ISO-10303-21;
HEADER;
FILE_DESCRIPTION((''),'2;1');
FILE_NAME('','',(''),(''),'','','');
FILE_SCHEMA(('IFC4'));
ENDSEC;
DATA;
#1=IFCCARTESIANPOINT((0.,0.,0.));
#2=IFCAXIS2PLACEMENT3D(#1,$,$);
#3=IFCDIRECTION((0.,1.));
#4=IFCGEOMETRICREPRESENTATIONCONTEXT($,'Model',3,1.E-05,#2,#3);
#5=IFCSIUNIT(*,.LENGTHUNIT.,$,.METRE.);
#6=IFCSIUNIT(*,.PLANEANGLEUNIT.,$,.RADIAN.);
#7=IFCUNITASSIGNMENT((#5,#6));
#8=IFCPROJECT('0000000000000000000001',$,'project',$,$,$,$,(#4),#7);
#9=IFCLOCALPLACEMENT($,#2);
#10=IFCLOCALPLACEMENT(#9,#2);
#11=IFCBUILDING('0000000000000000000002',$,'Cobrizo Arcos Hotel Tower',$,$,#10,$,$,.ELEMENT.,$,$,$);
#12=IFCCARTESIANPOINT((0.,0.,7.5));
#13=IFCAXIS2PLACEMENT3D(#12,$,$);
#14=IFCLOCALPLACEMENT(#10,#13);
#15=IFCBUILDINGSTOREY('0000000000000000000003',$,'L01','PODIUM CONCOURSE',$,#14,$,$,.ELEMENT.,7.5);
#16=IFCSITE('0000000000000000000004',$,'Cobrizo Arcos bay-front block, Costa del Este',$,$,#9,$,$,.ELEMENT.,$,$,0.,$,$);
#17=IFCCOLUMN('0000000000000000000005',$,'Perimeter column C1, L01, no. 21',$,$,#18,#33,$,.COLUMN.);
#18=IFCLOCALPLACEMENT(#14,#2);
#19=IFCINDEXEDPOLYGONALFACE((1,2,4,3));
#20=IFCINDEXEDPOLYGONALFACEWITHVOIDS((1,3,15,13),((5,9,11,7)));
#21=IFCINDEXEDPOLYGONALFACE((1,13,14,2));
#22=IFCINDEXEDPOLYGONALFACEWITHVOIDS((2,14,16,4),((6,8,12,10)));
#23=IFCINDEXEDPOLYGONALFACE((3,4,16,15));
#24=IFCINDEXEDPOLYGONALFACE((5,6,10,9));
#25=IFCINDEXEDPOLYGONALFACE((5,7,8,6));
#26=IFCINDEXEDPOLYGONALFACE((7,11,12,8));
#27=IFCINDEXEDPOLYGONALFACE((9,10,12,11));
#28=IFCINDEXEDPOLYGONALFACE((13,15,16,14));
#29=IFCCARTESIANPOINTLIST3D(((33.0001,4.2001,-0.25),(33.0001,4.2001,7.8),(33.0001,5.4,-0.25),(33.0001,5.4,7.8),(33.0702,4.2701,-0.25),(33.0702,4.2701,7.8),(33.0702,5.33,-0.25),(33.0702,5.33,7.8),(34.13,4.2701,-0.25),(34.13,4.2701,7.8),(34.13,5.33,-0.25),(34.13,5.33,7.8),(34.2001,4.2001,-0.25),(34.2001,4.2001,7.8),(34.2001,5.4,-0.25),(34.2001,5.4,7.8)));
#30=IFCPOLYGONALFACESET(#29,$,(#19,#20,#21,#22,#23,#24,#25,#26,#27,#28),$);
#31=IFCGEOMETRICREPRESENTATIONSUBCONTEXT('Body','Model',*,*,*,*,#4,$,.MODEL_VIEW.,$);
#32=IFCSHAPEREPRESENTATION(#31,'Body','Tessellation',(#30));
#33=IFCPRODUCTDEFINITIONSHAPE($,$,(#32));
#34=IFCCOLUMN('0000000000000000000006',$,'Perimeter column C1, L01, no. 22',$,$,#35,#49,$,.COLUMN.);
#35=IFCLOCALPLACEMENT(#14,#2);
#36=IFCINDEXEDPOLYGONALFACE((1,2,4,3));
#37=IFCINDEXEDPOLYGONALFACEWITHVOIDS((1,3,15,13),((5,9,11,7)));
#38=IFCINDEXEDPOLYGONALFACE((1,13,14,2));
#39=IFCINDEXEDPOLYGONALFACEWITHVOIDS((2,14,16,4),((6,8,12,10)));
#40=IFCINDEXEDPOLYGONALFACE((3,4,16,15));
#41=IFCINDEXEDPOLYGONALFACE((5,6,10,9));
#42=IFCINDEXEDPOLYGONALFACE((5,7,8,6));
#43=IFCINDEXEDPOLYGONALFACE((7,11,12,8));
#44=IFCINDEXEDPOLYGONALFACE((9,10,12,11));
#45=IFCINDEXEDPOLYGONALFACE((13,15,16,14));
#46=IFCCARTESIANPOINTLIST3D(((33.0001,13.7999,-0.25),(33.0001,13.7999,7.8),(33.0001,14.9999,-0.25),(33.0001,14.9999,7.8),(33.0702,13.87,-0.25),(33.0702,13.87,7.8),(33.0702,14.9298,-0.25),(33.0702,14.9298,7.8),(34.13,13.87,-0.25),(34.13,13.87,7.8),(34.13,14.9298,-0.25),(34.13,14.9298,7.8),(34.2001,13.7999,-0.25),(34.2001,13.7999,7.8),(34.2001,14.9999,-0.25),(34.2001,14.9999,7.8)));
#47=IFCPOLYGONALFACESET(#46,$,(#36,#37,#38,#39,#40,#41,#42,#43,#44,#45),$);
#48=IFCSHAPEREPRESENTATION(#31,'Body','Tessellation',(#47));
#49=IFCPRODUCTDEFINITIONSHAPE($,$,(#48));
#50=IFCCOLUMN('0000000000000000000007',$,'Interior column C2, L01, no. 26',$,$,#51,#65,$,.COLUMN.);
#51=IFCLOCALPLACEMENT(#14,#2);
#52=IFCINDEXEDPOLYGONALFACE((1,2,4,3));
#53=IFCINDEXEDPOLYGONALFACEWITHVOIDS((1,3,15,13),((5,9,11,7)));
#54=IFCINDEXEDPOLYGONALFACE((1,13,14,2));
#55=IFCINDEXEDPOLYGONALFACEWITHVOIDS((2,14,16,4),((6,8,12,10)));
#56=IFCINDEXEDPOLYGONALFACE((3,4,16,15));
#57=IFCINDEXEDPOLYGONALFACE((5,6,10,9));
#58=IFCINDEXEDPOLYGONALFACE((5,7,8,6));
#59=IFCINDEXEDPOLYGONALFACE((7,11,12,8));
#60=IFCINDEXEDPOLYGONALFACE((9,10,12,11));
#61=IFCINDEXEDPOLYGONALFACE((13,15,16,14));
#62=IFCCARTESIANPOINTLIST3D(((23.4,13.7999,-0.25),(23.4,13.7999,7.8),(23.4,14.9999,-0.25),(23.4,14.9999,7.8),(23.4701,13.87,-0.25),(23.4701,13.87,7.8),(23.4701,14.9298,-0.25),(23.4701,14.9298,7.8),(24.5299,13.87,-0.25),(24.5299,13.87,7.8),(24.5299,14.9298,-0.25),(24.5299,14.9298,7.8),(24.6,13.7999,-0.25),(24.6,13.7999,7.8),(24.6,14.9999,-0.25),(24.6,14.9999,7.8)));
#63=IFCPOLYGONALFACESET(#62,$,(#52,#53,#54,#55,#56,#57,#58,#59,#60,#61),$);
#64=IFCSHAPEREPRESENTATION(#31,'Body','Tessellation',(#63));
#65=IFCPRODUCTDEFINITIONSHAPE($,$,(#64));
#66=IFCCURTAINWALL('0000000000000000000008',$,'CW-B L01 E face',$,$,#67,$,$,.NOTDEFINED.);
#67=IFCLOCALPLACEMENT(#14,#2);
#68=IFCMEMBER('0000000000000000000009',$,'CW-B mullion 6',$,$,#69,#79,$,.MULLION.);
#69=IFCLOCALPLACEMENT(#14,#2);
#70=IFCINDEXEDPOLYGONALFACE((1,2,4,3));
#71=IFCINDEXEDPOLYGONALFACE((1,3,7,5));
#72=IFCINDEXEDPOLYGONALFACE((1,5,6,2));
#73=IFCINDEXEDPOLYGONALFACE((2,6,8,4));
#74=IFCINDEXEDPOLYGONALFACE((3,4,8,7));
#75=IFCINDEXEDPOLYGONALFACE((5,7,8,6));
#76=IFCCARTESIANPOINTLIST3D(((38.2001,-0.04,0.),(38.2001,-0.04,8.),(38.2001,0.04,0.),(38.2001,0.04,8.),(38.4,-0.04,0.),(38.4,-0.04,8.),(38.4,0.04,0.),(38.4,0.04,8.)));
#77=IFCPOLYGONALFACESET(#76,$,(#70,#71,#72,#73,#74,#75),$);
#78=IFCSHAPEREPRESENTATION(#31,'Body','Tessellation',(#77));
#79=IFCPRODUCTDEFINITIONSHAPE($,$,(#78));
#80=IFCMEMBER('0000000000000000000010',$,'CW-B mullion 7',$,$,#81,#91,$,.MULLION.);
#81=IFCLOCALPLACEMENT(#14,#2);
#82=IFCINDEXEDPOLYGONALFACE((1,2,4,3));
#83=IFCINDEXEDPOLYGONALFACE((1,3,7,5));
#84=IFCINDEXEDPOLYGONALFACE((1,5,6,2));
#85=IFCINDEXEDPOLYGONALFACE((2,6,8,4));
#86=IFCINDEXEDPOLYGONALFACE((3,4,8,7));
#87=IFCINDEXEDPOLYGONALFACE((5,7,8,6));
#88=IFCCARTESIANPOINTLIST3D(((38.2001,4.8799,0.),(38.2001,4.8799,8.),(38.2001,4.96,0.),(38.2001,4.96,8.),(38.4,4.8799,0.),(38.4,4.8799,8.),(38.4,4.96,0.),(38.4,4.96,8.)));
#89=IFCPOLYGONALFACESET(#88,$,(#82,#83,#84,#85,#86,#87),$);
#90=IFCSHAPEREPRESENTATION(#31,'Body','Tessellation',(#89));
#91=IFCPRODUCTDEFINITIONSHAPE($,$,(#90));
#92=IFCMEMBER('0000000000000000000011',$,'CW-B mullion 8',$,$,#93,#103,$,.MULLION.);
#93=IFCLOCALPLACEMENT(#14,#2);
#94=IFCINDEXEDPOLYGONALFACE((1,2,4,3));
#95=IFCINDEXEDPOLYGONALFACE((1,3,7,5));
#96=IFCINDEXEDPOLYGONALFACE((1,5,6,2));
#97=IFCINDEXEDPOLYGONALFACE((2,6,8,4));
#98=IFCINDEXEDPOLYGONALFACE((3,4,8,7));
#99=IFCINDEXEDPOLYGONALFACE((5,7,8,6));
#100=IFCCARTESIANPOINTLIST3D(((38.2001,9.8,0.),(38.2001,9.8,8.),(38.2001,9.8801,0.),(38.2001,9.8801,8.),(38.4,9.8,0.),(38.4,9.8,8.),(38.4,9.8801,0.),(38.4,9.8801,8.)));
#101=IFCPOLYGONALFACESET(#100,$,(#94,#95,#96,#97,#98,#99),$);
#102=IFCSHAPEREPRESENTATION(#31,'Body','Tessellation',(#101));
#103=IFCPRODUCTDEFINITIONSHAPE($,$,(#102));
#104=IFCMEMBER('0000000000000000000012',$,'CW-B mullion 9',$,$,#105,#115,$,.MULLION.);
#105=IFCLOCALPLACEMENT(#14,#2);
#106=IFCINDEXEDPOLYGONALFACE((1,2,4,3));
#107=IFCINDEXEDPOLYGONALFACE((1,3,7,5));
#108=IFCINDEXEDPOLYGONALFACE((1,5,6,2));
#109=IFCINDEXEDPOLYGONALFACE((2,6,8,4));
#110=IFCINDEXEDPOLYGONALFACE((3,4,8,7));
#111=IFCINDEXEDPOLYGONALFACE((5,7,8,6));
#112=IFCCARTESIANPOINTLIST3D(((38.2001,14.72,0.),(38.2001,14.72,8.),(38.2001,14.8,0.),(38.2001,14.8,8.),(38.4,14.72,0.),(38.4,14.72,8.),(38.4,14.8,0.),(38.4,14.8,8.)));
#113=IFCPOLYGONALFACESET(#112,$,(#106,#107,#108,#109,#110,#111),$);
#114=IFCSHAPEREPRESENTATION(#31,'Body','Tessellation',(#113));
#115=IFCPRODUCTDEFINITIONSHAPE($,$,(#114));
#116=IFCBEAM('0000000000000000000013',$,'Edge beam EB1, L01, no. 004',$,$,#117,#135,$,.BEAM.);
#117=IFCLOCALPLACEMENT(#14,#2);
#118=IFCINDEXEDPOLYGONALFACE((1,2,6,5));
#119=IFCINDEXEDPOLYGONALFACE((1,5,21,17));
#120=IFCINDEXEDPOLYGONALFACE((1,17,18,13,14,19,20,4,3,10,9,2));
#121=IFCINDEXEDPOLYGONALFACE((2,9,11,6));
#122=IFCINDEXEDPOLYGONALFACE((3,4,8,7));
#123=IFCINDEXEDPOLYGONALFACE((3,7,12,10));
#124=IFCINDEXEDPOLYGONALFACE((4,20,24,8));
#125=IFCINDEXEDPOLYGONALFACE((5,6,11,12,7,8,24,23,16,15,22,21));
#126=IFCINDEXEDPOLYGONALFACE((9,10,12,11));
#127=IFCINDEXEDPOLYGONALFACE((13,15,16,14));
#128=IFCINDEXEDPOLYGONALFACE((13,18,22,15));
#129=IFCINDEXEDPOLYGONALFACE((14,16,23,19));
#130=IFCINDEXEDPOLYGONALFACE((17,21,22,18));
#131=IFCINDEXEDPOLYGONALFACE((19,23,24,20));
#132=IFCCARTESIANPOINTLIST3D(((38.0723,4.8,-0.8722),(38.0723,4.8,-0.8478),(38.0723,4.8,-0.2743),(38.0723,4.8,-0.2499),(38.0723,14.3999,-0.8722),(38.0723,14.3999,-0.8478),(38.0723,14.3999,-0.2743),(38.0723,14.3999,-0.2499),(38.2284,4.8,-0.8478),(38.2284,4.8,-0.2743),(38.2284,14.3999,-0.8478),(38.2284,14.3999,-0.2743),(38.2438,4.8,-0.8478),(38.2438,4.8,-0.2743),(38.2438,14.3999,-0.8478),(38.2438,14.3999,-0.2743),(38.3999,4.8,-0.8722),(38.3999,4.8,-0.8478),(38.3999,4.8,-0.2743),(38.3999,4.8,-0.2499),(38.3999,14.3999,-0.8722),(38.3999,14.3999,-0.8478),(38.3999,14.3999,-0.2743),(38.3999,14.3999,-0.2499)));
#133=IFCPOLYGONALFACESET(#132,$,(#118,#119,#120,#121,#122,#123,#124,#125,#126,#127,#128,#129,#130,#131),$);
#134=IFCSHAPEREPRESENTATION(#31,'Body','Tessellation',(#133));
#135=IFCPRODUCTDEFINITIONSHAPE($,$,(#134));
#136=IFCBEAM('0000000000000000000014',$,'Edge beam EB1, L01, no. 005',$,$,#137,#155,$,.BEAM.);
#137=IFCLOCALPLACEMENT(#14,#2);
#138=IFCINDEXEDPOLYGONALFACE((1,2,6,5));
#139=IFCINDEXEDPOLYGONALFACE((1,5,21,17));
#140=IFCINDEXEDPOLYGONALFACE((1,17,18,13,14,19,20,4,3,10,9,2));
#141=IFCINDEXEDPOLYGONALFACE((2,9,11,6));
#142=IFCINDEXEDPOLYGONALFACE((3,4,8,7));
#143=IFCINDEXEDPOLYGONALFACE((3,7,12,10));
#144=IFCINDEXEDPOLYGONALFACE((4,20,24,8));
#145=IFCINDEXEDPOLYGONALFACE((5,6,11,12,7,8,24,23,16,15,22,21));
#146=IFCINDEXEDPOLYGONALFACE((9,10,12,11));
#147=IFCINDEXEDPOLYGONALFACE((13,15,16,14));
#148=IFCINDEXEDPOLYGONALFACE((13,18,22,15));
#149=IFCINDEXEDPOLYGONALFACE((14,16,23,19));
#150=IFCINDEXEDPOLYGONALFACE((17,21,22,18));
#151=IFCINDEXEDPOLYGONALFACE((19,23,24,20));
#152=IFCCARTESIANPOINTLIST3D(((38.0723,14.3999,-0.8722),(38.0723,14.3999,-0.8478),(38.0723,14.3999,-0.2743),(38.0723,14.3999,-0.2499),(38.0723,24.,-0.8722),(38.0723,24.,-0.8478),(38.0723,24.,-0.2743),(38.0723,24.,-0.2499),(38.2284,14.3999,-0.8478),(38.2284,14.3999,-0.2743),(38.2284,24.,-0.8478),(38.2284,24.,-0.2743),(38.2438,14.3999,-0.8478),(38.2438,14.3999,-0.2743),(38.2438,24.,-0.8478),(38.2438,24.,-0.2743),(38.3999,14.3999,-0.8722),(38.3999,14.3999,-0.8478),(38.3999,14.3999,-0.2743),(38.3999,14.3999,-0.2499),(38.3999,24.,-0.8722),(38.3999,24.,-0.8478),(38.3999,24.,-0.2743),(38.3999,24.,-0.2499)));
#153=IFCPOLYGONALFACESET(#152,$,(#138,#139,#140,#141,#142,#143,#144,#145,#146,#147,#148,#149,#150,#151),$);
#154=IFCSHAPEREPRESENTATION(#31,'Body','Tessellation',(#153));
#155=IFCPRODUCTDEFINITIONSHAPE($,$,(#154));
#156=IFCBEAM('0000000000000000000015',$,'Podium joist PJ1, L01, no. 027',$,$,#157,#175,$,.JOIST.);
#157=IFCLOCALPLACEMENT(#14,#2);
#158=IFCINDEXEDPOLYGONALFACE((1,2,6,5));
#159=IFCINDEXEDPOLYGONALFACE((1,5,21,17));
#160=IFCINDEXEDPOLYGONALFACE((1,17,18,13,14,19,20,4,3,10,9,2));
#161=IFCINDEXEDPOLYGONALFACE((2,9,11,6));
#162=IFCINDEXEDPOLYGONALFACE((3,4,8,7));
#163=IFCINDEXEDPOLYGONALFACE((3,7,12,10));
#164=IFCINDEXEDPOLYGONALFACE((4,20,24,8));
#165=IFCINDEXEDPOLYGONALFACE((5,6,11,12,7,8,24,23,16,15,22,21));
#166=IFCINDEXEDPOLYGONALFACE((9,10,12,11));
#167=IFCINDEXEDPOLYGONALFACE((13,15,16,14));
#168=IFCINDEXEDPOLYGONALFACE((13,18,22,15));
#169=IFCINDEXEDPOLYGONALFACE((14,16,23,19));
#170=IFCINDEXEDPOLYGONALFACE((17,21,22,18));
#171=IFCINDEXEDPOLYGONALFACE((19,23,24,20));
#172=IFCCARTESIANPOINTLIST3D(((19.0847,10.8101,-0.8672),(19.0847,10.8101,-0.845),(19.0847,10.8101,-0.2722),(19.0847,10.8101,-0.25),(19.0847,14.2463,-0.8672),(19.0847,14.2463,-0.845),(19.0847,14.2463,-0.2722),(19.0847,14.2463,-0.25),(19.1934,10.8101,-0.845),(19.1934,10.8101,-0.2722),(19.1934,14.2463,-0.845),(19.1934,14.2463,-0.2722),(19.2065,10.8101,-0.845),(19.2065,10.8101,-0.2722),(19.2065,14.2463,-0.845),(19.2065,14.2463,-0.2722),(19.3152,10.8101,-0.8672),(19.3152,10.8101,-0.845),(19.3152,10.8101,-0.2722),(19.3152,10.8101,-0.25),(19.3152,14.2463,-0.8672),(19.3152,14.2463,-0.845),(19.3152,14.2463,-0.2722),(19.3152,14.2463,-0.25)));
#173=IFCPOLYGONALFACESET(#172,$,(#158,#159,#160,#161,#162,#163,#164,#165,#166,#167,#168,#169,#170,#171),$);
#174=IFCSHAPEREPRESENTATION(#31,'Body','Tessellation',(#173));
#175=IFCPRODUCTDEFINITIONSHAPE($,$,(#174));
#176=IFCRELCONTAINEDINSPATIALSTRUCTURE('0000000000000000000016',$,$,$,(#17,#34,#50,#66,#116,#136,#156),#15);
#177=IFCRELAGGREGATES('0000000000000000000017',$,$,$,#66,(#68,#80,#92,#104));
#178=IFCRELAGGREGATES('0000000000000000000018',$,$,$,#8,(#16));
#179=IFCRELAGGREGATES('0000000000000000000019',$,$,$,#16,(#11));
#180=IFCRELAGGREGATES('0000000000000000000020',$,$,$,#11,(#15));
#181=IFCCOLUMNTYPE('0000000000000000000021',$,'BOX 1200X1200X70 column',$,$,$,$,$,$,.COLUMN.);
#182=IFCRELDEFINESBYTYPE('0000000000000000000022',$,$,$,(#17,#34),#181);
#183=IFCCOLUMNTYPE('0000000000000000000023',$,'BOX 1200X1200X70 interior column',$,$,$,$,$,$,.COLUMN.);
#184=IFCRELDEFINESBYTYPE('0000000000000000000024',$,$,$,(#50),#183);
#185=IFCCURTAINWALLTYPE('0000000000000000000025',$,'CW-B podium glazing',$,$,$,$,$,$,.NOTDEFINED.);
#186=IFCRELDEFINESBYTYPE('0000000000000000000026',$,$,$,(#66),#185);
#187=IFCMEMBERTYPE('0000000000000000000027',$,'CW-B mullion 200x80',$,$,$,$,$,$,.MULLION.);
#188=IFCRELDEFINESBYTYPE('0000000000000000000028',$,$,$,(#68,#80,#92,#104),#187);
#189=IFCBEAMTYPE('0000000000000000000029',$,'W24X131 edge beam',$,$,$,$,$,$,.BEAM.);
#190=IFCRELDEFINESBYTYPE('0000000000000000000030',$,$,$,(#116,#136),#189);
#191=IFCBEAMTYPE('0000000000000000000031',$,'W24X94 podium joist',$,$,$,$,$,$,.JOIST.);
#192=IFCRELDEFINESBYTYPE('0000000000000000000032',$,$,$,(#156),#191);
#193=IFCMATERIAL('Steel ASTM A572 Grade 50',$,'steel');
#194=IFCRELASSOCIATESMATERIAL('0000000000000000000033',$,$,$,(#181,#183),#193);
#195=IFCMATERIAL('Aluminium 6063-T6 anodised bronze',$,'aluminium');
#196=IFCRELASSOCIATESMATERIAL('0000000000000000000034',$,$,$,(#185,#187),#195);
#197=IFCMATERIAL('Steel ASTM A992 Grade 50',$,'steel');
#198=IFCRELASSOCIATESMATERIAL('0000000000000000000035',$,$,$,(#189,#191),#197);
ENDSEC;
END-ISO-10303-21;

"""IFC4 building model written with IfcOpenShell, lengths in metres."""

from ifc_helpers import new_model, si_unit, direction, frame, origin, origin_2d, place, context, subcontext, project, spatial, rectangle, hollow_rectangle, i_section, extrude, material, material_profile, profile_set, type_object, element, aggregate, save


model = new_model("IFC4")

# Units and contexts
model_context = context("Model", 3, precision=1e-05, world=origin(), true_north=direction((0.0, 1.0)))
body_context = subcontext(model_context, "Body", "Model", "MODEL_VIEW")
ifc_project = project(units=[si_unit("LENGTHUNIT", "METRE"), si_unit("PLANEANGLEUNIT", "RADIAN")], contexts=[model_context])

# Site, building, storey
site_placement = place(None, origin())
site = spatial("IfcSite", under=ifc_project, at=site_placement, Name="Cobrizo Arcos bay-front block, Costa del Este", CompositionType="ELEMENT", RefElevation=0.0)
building_placement = place(site_placement, origin())
building = spatial("IfcBuilding", under=site, at=building_placement, Name="Cobrizo Arcos Hotel Tower", CompositionType="ELEMENT")
storey_placement = place(building_placement, frame((0.0, 0.0, 7.5)))
storey = spatial("IfcBuildingStorey", under=building, at=storey_placement, Name="L01", Description="PODIUM CONCOURSE", CompositionType="ELEMENT", Elevation=7.5)

# Columns
ifc_material_1 = material(Name="Steel ASTM A572 Grade 50", Category="steel")
ifc_material_profile_1 = material_profile(ifc_material_1, hollow_rectangle(XDim=1.2, YDim=1.2, WallThickness=0.0701, at=origin_2d()), Name="BOX 1200X1200X70")
ifc_profile_set_1 = profile_set([ifc_material_profile_1], Name="Steel ASTM A572 Grade 50")
column_type_1 = type_object("IfcColumnType", Name="BOX 1200X1200X70 column", PredefinedType="COLUMN", material=ifc_profile_set_1)
for number, where, z_axis, x_axis, name in (
    (1, (33.6001, 4.8, -0.25), (0.0, 0.0, 1.0), (1.0, 0.0, 0.0), "Perimeter column C1, L01, no. 21"),
    (2, (33.6001, 14.3999, -0.25), (0.0, 0.0, 1.0), (1.0, 0.0, 0.0), "Perimeter column C1, L01, no. 22"),
):
    element("IfcColumn", number, at=place(storey_placement, frame(where, z_axis=z_axis, x_axis=x_axis)), inside=storey, type_object=column_type_1, Name=name, PredefinedType="COLUMN", context=body_context, shape_type="SweptSolid", body=[
        extrude(hollow_rectangle(XDim=1.2, YDim=1.2, WallThickness=0.0701, at=origin_2d()), origin(), (0.0, 0.0, 1.0), 8.05),
    ])
ifc_material_profile_2 = material_profile(ifc_material_1, hollow_rectangle(XDim=1.2, YDim=1.2, WallThickness=0.0701, at=origin_2d()), Name="BOX 1200X1200X70")
ifc_profile_set_2 = profile_set([ifc_material_profile_2], Name="Steel ASTM A572 Grade 50")
column_type_2 = type_object("IfcColumnType", Name="BOX 1200X1200X70 interior column", PredefinedType="COLUMN", material=ifc_profile_set_2)
column_placement = place(storey_placement, frame((24.0, 14.3999, -0.25), z_axis=(0.0, 0.0, 1.0), x_axis=(1.0, 0.0, 0.0)))
element("IfcColumn", 3, at=column_placement, inside=storey, type_object=column_type_2, Name="Interior column C2, L01, no. 26", PredefinedType="COLUMN", context=body_context, shape_type="SweptSolid", body=[
    extrude(hollow_rectangle(XDim=1.2, YDim=1.2, WallThickness=0.0701, at=origin_2d()), origin(), (0.0, 0.0, 1.0), 8.05),
])

# Curtain wall, members
ifc_material_2 = material(Name="Aluminium 6063-T6 anodised bronze", Category="aluminium")
curtain_wall_type = type_object("IfcCurtainWallType", Name="CW-B podium glazing", PredefinedType="NOTDEFINED", material=ifc_material_2)
curtain_wall_placement = place(storey_placement, origin())
curtain_wall = element("IfcCurtainWall", 4, at=curtain_wall_placement, inside=storey, type_object=curtain_wall_type, Name="CW-B L01 E face", PredefinedType="NOTDEFINED")
ifc_material_profile_3 = material_profile(ifc_material_2, rectangle(XDim=0.2, YDim=0.0801, at=origin_2d()), Name="CW-B mullion 200x80")
ifc_profile_set_3 = profile_set([ifc_material_profile_3], Name="Aluminium 6063-T6 anodised bronze")
member_type = type_object("IfcMemberType", Name="CW-B mullion 200x80", PredefinedType="MULLION", material=ifc_profile_set_3)
member_1_placement = place(storey_placement, frame((38.3, 0.0, 0.0), z_axis=(0.0, 0.0, 1.0), x_axis=(1.0, 0.0, 0.0)))
member_1 = element("IfcMember", 5, at=member_1_placement, type_object=member_type, Name="CW-B mullion 6", PredefinedType="MULLION", context=body_context, shape_type="SweptSolid", body=[
    extrude(rectangle(XDim=0.2, YDim=0.0801, at=origin_2d()), origin(), (0.0, 0.0, 1.0), 8.0),
])
member_2_placement = place(storey_placement, frame((38.3, 4.9199, 0.0), z_axis=(0.0, 0.0, 1.0), x_axis=(1.0, 0.0, 0.0)))
member_2 = element("IfcMember", 6, at=member_2_placement, type_object=member_type, Name="CW-B mullion 7", PredefinedType="MULLION", context=body_context, shape_type="SweptSolid", body=[
    extrude(rectangle(XDim=0.2, YDim=0.0801, at=origin_2d()), origin(), (0.0, 0.0, 1.0), 8.0),
])
member_3_placement = place(storey_placement, frame((38.3, 9.8401, 0.0), z_axis=(0.0, 0.0, 1.0), x_axis=(1.0, 0.0, 0.0)))
member_3 = element("IfcMember", 7, at=member_3_placement, type_object=member_type, Name="CW-B mullion 8", PredefinedType="MULLION", context=body_context, shape_type="SweptSolid", body=[
    extrude(rectangle(XDim=0.2, YDim=0.0801, at=origin_2d()), origin(), (0.0, 0.0, 1.0), 8.0),
])
member_4_placement = place(storey_placement, frame((38.3, 14.76, 0.0), z_axis=(0.0, 0.0, 1.0), x_axis=(1.0, 0.0, 0.0)))
member_4 = element("IfcMember", 8, at=member_4_placement, type_object=member_type, Name="CW-B mullion 9", PredefinedType="MULLION", context=body_context, shape_type="SweptSolid", body=[
    extrude(rectangle(XDim=0.2, YDim=0.0801, at=origin_2d()), origin(), (0.0, 0.0, 1.0), 8.0),
])

# Beams
ifc_material_3 = material(Name="Steel ASTM A992 Grade 50", Category="steel")
ifc_material_profile_4 = material_profile(ifc_material_3, i_section(OverallWidth=0.3276, OverallDepth=0.6223, WebThickness=0.0154, FlangeThickness=0.0244, at=origin_2d()), Name="W24X131")
ifc_profile_set_4 = profile_set([ifc_material_profile_4], Name="Steel ASTM A992 Grade 50")
beam_type_1 = type_object("IfcBeamType", Name="W24X131 edge beam", PredefinedType="BEAM", material=ifc_profile_set_4)
beam_1_placement = place(storey_placement, frame((38.2361, 4.8, -0.561), z_axis=(0.0, 1.0, 0.0), x_axis=(-1.0, 0.0, 0.0)))
element("IfcBeam", 9, at=beam_1_placement, inside=storey, type_object=beam_type_1, Name="Edge beam EB1, L01, no. 004", PredefinedType="BEAM", context=body_context, shape_type="SweptSolid", body=[
    extrude(i_section(OverallWidth=0.3276, OverallDepth=0.6223, WebThickness=0.0154, FlangeThickness=0.0244, at=origin_2d()), origin(), (0.0, 0.0, 1.0), 9.5999),
])
beam_2_placement = place(storey_placement, frame((38.2361, 14.3999, -0.561), z_axis=(0.0, 1.0, 0.0), x_axis=(-1.0, 0.0, 0.0)))
element("IfcBeam", 10, at=beam_2_placement, inside=storey, type_object=beam_type_1, Name="Edge beam EB1, L01, no. 005", PredefinedType="BEAM", context=body_context, shape_type="SweptSolid", body=[
    extrude(i_section(OverallWidth=0.3276, OverallDepth=0.6223, WebThickness=0.0154, FlangeThickness=0.0244, at=origin_2d()), origin(), (0.0, 0.0, 1.0), 9.6001),
])
ifc_material_profile_5 = material_profile(ifc_material_3, i_section(OverallWidth=0.2305, OverallDepth=0.6172, WebThickness=0.0132, FlangeThickness=0.0222, at=origin_2d()), Name="W24X94")
ifc_profile_set_5 = profile_set([ifc_material_profile_5], Name="Steel ASTM A992 Grade 50")
beam_type_2 = type_object("IfcBeamType", Name="W24X94 podium joist", PredefinedType="JOIST", material=ifc_profile_set_5)
beam_3_placement = place(storey_placement, frame((19.2, 10.8101, -0.5586), z_axis=(0.0, 1.0, 0.0), x_axis=(-1.0, 0.0, 0.0)))
element("IfcBeam", 11, at=beam_3_placement, inside=storey, type_object=beam_type_2, Name="Podium joist PJ1, L01, no. 027", PredefinedType="JOIST", context=body_context, shape_type="SweptSolid", body=[
    extrude(i_section(OverallWidth=0.2305, OverallDepth=0.6172, WebThickness=0.0132, FlangeThickness=0.0222, at=origin_2d()), origin(), (0.0, 0.0, 1.0), 3.4363),
])

aggregate(curtain_wall, [member_1, member_2, member_3, member_4])

save(model, "model.ifc")
